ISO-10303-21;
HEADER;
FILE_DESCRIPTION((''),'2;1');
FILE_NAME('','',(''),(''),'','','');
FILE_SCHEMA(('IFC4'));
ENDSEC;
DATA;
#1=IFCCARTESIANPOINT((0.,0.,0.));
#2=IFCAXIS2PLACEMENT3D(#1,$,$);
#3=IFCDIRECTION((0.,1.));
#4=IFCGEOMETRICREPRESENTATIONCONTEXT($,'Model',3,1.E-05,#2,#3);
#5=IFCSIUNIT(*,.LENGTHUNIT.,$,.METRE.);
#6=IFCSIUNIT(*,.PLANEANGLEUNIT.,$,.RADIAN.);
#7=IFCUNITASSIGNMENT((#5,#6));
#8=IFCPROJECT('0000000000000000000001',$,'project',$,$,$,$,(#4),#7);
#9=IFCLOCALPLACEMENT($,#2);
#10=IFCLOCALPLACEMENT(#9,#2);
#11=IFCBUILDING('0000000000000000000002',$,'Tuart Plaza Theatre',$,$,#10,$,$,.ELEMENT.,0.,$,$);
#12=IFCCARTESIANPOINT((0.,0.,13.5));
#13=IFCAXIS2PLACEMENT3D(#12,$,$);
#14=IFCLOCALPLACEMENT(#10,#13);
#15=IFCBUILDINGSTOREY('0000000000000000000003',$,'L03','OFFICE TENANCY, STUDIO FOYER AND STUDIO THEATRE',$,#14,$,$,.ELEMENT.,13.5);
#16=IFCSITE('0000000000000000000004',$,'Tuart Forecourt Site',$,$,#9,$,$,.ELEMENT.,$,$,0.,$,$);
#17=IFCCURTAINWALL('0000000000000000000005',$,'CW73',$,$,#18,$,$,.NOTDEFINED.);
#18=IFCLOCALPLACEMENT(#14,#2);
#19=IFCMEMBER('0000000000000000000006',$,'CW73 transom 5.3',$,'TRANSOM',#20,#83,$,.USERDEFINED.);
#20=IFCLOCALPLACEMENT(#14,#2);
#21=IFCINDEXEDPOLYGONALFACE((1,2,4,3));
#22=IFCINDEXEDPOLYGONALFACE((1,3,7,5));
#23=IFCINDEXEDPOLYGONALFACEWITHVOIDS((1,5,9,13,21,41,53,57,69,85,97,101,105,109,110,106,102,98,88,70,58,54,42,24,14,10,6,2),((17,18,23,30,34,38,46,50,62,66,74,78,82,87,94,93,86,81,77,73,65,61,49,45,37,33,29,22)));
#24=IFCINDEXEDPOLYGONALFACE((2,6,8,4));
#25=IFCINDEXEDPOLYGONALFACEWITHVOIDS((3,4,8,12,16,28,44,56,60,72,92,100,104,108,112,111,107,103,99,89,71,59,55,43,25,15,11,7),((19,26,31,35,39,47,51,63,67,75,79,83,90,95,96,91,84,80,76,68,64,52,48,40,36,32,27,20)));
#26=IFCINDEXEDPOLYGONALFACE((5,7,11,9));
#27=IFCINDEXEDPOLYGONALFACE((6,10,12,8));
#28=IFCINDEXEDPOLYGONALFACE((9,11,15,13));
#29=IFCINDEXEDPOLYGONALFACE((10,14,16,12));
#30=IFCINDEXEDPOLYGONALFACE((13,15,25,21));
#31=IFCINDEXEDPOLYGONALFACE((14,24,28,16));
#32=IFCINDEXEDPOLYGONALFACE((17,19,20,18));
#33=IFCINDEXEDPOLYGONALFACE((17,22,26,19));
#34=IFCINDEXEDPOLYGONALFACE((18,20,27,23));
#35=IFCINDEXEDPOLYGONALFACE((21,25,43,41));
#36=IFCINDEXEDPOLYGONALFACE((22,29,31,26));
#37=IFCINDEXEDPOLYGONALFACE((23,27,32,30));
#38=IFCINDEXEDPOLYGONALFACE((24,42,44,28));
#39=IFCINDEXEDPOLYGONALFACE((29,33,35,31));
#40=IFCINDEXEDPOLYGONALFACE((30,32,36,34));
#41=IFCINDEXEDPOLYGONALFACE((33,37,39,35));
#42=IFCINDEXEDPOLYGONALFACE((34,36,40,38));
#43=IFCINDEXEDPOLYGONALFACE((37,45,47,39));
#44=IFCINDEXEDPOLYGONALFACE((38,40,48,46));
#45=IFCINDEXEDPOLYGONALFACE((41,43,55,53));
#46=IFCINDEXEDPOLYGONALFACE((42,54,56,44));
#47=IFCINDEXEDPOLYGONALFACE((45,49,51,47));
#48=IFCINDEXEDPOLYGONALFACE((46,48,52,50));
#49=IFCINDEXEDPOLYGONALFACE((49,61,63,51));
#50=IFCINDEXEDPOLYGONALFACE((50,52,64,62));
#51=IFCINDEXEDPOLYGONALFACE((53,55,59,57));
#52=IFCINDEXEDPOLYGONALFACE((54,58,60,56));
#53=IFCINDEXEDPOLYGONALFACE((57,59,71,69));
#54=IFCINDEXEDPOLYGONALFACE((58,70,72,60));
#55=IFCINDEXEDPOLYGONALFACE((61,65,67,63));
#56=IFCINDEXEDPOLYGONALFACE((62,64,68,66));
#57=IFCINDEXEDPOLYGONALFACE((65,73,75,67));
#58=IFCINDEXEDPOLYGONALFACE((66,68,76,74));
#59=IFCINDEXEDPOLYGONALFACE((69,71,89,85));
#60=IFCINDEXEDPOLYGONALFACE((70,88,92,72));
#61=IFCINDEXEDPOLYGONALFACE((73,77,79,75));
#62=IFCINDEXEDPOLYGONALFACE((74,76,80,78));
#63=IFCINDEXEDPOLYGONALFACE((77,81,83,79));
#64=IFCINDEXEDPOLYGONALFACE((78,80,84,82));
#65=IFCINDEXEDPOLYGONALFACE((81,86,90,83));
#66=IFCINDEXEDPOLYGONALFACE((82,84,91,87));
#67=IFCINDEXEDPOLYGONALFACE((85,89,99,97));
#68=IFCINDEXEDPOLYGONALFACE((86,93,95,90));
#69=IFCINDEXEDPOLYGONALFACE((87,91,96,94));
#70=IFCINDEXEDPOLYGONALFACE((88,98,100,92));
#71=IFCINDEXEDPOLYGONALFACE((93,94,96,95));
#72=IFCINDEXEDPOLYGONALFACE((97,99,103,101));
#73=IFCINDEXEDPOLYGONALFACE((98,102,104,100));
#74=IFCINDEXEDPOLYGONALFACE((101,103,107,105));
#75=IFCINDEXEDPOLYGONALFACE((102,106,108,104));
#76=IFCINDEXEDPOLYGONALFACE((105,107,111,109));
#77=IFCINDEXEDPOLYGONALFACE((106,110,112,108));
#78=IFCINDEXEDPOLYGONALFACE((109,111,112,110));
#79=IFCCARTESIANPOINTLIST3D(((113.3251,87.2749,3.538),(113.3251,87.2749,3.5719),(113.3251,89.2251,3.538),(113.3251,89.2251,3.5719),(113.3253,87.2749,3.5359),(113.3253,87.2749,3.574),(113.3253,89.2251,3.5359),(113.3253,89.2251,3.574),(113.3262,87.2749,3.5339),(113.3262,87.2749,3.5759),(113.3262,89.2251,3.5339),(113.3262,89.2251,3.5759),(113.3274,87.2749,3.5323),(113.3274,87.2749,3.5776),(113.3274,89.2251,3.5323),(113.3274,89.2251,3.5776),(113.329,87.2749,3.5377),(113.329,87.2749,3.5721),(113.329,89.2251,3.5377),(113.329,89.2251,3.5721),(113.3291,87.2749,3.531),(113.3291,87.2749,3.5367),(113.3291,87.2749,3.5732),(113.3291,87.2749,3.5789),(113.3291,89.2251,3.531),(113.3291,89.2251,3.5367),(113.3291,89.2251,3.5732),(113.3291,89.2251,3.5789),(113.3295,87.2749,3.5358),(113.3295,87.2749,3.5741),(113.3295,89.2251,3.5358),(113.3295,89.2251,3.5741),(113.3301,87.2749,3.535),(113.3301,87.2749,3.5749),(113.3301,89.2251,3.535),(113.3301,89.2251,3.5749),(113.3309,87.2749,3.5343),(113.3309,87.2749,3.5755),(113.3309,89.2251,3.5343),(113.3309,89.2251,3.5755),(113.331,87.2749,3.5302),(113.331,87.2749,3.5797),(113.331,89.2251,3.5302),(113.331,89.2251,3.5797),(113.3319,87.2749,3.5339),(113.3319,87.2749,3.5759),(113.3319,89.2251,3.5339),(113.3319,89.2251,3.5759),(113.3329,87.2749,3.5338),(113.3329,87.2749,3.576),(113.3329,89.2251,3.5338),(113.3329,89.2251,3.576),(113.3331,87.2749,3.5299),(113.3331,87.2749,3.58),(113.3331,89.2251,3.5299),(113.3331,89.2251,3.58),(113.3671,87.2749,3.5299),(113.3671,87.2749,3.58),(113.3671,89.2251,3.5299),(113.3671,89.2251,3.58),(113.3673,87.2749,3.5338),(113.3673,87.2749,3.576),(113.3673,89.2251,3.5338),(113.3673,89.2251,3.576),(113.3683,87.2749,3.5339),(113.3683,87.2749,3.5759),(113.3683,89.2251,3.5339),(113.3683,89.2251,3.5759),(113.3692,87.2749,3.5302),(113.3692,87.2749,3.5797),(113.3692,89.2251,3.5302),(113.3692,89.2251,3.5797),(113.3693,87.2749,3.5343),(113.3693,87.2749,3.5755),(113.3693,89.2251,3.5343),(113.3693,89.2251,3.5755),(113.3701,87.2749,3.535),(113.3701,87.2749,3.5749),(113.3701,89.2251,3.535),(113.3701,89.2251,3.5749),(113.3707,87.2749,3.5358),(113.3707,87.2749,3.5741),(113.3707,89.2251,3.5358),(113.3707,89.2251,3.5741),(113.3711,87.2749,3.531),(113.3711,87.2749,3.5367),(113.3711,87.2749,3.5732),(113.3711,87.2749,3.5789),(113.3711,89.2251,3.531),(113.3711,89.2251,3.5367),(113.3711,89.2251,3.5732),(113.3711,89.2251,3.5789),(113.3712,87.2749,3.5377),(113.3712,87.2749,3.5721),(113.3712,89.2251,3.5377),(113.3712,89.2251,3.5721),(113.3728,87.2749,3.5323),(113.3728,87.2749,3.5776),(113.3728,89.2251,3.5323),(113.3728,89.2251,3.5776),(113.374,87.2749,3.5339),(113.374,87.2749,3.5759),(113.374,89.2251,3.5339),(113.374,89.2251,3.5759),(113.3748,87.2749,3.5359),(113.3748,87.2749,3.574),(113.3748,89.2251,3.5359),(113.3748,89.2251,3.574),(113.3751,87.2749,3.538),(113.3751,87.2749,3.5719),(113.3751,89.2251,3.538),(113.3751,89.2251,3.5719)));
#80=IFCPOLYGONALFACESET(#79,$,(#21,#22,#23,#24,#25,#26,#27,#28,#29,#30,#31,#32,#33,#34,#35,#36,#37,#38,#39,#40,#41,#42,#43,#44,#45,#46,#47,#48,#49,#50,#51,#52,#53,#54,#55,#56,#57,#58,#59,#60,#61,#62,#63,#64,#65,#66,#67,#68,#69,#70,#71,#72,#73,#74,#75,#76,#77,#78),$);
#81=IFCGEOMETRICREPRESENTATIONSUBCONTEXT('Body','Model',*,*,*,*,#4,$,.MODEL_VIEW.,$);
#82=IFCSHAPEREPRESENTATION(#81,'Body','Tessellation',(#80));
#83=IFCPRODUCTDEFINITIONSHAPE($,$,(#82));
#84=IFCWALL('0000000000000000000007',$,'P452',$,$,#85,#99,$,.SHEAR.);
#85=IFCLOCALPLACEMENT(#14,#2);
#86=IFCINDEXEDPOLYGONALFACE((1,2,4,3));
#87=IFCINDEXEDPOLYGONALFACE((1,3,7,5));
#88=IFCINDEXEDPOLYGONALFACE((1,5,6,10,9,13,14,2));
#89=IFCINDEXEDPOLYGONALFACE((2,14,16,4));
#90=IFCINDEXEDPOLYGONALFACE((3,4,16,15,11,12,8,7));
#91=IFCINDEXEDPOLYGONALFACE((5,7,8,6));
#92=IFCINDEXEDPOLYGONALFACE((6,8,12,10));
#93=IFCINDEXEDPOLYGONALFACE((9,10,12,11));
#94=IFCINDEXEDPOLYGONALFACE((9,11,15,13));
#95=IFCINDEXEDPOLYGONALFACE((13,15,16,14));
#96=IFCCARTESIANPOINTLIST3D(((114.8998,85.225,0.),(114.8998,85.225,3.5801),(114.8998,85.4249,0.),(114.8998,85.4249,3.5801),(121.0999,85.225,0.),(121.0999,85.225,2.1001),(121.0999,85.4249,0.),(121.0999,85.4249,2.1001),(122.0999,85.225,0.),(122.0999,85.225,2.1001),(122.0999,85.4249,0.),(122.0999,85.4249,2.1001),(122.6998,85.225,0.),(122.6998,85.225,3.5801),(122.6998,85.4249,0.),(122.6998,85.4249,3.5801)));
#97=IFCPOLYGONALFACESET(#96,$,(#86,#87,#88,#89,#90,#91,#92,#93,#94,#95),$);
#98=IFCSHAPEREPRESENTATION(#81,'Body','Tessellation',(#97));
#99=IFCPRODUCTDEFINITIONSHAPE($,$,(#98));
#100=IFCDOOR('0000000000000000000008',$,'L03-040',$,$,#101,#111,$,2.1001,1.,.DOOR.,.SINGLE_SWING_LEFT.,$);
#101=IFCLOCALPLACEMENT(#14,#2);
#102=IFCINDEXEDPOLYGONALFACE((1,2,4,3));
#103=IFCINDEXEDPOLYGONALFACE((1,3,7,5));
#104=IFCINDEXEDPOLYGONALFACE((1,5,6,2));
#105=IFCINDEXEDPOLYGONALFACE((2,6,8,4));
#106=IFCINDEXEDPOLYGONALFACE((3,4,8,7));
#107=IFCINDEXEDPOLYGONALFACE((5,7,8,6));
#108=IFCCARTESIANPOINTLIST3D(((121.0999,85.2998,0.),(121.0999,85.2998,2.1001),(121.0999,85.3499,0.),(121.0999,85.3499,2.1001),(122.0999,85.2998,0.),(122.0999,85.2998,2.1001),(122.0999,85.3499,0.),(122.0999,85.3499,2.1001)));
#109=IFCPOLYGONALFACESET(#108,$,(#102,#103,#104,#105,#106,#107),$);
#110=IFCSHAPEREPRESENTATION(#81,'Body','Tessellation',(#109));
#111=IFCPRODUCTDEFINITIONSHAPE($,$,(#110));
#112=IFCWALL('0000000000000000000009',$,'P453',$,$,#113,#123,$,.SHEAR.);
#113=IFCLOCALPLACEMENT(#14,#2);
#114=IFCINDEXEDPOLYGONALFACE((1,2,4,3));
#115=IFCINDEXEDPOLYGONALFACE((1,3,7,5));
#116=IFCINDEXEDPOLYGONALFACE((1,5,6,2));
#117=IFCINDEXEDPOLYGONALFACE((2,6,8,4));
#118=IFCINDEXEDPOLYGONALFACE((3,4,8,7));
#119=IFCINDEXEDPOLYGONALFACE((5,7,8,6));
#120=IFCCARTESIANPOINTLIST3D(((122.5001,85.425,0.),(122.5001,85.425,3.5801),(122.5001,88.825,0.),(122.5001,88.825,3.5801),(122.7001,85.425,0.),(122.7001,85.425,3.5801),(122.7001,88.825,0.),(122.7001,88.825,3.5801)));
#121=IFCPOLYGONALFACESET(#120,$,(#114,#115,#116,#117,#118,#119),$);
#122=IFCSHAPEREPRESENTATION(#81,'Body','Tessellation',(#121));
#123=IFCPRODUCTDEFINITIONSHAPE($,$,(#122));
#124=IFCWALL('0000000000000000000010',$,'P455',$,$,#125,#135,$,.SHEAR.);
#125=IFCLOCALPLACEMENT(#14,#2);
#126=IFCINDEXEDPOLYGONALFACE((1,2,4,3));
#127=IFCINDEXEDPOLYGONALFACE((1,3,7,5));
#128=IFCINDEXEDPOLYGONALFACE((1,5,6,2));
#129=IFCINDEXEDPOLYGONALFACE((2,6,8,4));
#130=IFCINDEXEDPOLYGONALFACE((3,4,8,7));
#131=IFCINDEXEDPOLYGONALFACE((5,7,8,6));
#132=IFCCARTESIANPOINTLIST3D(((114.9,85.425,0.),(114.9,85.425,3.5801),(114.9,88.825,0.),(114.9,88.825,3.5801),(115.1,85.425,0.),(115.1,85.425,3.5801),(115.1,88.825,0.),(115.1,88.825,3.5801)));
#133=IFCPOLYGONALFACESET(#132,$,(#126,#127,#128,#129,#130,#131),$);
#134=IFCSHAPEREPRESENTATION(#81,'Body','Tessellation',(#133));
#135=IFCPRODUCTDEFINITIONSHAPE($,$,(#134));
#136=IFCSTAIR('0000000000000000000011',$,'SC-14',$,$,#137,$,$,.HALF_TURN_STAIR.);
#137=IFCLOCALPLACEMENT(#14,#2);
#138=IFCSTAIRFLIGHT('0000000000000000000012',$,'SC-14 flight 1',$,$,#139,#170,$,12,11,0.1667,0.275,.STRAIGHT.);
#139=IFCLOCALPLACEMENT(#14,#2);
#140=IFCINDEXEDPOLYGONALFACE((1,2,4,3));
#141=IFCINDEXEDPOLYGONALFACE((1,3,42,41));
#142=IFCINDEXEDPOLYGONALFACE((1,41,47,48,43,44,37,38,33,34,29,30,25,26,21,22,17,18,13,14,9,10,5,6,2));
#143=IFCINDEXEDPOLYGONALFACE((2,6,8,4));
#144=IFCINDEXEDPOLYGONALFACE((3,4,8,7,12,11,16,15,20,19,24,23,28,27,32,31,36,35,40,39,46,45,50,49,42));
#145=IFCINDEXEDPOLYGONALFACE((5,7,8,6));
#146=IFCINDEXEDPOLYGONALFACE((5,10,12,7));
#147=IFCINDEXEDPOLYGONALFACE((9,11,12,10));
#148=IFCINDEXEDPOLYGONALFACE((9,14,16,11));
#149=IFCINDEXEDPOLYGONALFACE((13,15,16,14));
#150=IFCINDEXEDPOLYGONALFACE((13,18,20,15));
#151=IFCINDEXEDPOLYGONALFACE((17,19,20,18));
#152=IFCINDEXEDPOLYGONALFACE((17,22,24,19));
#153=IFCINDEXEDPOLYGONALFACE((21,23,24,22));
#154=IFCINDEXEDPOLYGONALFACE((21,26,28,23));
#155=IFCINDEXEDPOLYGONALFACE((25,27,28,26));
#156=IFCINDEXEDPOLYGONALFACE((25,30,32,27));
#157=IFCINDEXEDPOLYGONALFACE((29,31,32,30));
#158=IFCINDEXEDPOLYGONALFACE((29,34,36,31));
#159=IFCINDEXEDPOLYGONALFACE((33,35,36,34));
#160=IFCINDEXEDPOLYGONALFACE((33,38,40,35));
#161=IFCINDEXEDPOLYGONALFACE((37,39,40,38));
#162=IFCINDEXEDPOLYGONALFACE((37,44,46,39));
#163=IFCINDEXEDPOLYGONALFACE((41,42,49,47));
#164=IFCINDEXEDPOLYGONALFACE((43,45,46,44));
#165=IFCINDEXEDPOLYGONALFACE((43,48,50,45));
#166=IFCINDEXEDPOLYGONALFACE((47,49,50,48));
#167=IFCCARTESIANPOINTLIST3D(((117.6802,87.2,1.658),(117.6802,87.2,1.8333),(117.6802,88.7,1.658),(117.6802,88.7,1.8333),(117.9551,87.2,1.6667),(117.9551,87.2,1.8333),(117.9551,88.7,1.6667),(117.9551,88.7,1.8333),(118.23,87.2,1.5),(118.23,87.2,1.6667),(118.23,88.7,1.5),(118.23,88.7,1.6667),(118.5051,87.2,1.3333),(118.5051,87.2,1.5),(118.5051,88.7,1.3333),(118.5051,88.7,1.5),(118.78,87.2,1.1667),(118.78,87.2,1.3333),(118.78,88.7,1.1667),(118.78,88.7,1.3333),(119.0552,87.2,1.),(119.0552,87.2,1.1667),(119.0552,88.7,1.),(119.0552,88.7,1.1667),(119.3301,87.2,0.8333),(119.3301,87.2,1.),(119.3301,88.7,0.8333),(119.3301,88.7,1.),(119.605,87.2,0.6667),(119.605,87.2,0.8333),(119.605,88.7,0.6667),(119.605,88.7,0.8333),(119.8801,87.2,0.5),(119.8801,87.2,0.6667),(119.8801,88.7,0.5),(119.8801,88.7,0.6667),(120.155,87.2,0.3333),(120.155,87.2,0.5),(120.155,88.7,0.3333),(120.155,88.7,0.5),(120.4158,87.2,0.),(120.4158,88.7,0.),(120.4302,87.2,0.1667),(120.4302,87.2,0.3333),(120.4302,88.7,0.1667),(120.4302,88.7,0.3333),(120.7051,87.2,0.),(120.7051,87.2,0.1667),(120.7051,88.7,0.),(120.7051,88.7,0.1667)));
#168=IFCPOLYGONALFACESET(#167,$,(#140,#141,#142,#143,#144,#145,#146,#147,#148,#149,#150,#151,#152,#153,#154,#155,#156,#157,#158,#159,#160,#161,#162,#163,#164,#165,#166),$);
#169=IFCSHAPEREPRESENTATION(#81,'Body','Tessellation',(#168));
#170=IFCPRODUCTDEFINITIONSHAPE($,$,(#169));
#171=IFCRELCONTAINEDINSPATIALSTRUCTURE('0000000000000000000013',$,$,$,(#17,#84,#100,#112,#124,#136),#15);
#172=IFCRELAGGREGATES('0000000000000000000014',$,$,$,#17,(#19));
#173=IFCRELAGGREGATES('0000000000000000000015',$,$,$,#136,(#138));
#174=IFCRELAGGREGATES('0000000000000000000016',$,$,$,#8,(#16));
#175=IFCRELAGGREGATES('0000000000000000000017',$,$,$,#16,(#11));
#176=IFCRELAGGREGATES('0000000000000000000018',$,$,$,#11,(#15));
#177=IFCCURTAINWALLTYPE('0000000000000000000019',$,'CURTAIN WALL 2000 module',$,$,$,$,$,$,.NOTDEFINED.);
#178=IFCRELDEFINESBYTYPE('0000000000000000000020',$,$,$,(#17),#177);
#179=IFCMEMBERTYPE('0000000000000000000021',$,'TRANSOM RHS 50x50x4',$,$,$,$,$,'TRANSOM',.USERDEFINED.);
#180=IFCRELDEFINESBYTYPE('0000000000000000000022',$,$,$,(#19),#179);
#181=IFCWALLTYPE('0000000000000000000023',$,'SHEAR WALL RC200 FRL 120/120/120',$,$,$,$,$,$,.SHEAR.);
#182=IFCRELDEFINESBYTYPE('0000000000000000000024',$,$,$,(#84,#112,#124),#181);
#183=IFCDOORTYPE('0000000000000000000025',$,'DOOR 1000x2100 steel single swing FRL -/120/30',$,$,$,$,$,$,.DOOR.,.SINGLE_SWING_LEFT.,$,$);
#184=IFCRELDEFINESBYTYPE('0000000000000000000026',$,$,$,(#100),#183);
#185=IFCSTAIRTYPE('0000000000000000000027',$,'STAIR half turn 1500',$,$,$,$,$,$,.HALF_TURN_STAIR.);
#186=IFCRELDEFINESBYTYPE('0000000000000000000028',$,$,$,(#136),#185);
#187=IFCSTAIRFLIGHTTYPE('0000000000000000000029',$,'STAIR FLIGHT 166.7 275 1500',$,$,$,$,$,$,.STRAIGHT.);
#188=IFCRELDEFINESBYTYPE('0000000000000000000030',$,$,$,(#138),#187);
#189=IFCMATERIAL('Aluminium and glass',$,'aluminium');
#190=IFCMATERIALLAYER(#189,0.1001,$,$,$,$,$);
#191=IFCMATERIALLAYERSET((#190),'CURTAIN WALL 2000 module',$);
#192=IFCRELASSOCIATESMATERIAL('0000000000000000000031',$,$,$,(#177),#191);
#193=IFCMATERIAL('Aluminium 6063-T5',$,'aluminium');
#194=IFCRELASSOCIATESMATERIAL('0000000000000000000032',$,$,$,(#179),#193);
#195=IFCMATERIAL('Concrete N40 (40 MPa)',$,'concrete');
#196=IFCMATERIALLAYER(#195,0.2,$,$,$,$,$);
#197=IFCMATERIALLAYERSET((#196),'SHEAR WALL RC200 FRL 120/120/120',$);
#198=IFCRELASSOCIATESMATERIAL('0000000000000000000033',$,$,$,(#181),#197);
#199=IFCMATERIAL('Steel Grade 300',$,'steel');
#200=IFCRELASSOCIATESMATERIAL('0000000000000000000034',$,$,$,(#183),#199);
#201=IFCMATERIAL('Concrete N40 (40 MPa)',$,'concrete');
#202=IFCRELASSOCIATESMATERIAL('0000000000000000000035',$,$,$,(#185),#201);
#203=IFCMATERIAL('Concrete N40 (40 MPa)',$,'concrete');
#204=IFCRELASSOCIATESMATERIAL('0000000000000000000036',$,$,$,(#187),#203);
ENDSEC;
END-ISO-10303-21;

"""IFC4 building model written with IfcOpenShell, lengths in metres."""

from ifc_helpers import new_model, si_unit, direction, frame, frame_2d, origin, origin_2d, place, context, subcontext, project, spatial, polyline, rectangle, hollow_rectangle, outline, extrude, material, layer, layer_set, material_profile, profile_set, type_object, element, fill, aggregate, save


model = new_model("IFC4")

# Units and contexts
model_context = context("Model", 3, precision=1e-05, world=origin(), true_north=direction((0.0, 1.0)))
body_context = subcontext(model_context, "Body", "Model", "MODEL_VIEW")
ifc_project = project(units=[si_unit("LENGTHUNIT", "METRE"), si_unit("PLANEANGLEUNIT", "RADIAN")], contexts=[model_context])

# Site, building, storey
site_placement = place(None, origin())
site = spatial("IfcSite", under=ifc_project, at=site_placement, Name="Tuart Forecourt Site", CompositionType="ELEMENT", RefElevation=0.0)
building_placement = place(site_placement, origin())
building = spatial("IfcBuilding", under=site, at=building_placement, Name="Tuart Plaza Theatre", CompositionType="ELEMENT", ElevationOfRefHeight=0.0)
storey_placement = place(building_placement, frame((0.0, 0.0, 13.5)))
storey = spatial("IfcBuildingStorey", under=building, at=storey_placement, Name="L03", Description="OFFICE TENANCY, STUDIO FOYER AND STUDIO THEATRE", CompositionType="ELEMENT", Elevation=13.5)

# Curtain wall, member
ifc_material_1 = material(Name="Aluminium and glass", Category="aluminium")
ifc_layer_1 = layer(ifc_material_1, 0.1001)
ifc_layer_set_1 = layer_set([ifc_layer_1], Name="CURTAIN WALL 2000 module")
curtain_wall_type = type_object("IfcCurtainWallType", Name="CURTAIN WALL 2000 module", PredefinedType="NOTDEFINED", material=ifc_layer_set_1)
curtain_wall_placement = place(storey_placement, origin())
curtain_wall = element("IfcCurtainWall", 1, at=curtain_wall_placement, inside=storey, type_object=curtain_wall_type, Name="CW73", PredefinedType="NOTDEFINED")
ifc_material_2 = material(Name="Aluminium 6063-T5", Category="aluminium")
ifc_material_profile_1 = material_profile(ifc_material_2, hollow_rectangle(XDim=0.05, YDim=0.05, WallThickness=0.0039, InnerFilletRadius=0.0039, OuterFilletRadius=0.0081, at=origin_2d()), Name="RHS 50x50x4")
ifc_profile_set_1 = profile_set([ifc_material_profile_1], Name="Aluminium 6063-T5")
member_type = type_object("IfcMemberType", Name="TRANSOM RHS 50x50x4", ElementType="TRANSOM", PredefinedType="USERDEFINED", material=ifc_profile_set_1)
member_1_placement = place(storey_placement, frame((113.3501, 89.2251, 3.5549), z_axis=(0.0, -1.0, 0.0), x_axis=(1.0, 0.0, 0.0)))
member_1 = element("IfcMember", 2, at=member_1_placement, type_object=member_type, Name="CW73 transom 5.3", ObjectType="TRANSOM", PredefinedType="USERDEFINED", context=body_context, shape_type="SweptSolid", body=[
    extrude(hollow_rectangle(XDim=0.05, YDim=0.05, WallThickness=0.0039, InnerFilletRadius=0.0039, OuterFilletRadius=0.0081, at=origin_2d()), origin(), (0.0, 0.0, 1.0), 1.9502),
])
aggregate(curtain_wall, [member_1])

# Wall, opening, door
ifc_material_3 = material(Name="Concrete N40 (40 MPa)", Category="concrete")
ifc_layer_2 = layer(ifc_material_3, 0.2)
ifc_layer_set_2 = layer_set([ifc_layer_2], Name="SHEAR WALL RC200 FRL 120/120/120")
wall_type = type_object("IfcWallType", Name="SHEAR WALL RC200 FRL 120/120/120", PredefinedType="SHEAR", material=ifc_layer_set_2)
wall_placement = place(storey_placement, frame((114.8999, 85.325, 0.0), z_axis=(0.0, 0.0, 1.0), x_axis=(1.0, 0.0, 0.0)))
wall = element("IfcWall", 3, at=wall_placement, inside=storey, type_object=wall_type, Name="P452", PredefinedType="SHEAR", context=body_context, shape_type="SweptSolid", body=[
    extrude(rectangle(XDim=7.8, YDim=0.2, at=frame_2d((3.8999, 0.0))), origin(), (0.0, 0.0, 1.0), 3.5801),
])
opening_placement = place(wall_placement, frame((6.2, 0.0, 0.0)))
opening = element("IfcOpeningElement", 4, at=opening_placement, cuts=wall, PredefinedType="OPENING", context=body_context, shape_type="SweptSolid", body=[
    extrude(rectangle(XDim=1.0, YDim=2.1001, at=frame_2d((0.5, 1.05))), frame((0.0, 0.1099, 0.0), z_axis=(0.0, -1.0, 0.0), x_axis=(1.0, 0.0, 0.0)), (0.0, 0.0, 1.0), 0.22),
])
ifc_material_4 = material(Name="Steel Grade 300", Category="steel")
door_type = type_object("IfcDoorType", Name="DOOR 1000x2100 steel single swing FRL -/120/30", OperationType="SINGLE_SWING_LEFT", PredefinedType="DOOR", material=ifc_material_4)
door_placement = place(opening_placement, origin())
door = element("IfcDoor", 5, at=door_placement, inside=storey, type_object=door_type, Name="L03-040", OperationType="SINGLE_SWING_LEFT", OverallHeight=2.1001, OverallWidth=1.0, PredefinedType="DOOR", context=body_context, shape_type="SweptSolid", body=[
    extrude(rectangle(XDim=1.0, YDim=2.1001, at=frame_2d((0.5, 1.05))), frame((0.0, 0.0249, 0.0), z_axis=(0.0, -1.0, 0.0), x_axis=(1.0, 0.0, 0.0)), (0.0, 0.0, 1.0), 0.05),
])
fill(opening, door)

# Walls
for number, where, z_axis, x_axis, name in (
    (6, (122.6001, 85.425, 0.0), (0.0, 0.0, 1.0), (0.0, 1.0, 0.0), "P453"),
    (7, (115.0, 88.825, 0.0), (0.0, 0.0, 1.0), (0.0, -1.0, 0.0), "P455"),
):
    element("IfcWall", number, at=place(storey_placement, frame(where, z_axis=z_axis, x_axis=x_axis)), inside=storey, type_object=wall_type, Name=name, PredefinedType="SHEAR", context=body_context, shape_type="SweptSolid", body=[
        extrude(rectangle(XDim=3.3999, YDim=0.2, at=frame_2d((1.7, 0.0))), origin(), (0.0, 0.0, 1.0), 3.5801),
    ])

# Stair, stair flight
ifc_material_5 = material(Name="Concrete N40 (40 MPa)", Category="concrete")
stair_type = type_object("IfcStairType", Name="STAIR half turn 1500", PredefinedType="HALF_TURN_STAIR", material=ifc_material_5)
stair_placement = place(storey_placement, origin())
stair = element("IfcStair", 8, at=stair_placement, inside=storey, type_object=stair_type, Name="SC-14", PredefinedType="HALF_TURN_STAIR")
ifc_material_6 = material(Name="Concrete N40 (40 MPa)", Category="concrete")
stair_flight_type = type_object("IfcStairFlightType", Name="STAIR FLIGHT 166.7 275 1500", PredefinedType="STRAIGHT", material=ifc_material_6)
stair_flight_1_placement = place(storey_placement, frame((120.7051, 87.95, 0.0), z_axis=(0.0, 0.0, 1.0), x_axis=(-1.0, 0.0, 0.0)))
stair_flight_1 = element("IfcStairFlight", 9, at=stair_flight_1_placement, type_object=stair_flight_type, Name="SC-14 flight 1", NumberOfRisers=12, NumberOfTreads=11, PredefinedType="STRAIGHT", RiserHeight=0.1667, TreadLength=0.275, context=body_context, shape_type="SweptSolid", body=[
    extrude(outline(polyline([(0.0, 0.0), (0.0, 0.1667), (0.2749, 0.1667), (0.2749, 0.3333), (0.55, 0.3333), (0.55, 0.5), (0.825, 0.5), (0.825, 0.6667), (1.1001, 0.6667), (1.1001, 0.8333), (1.375, 0.8333), (1.375, 1.0), (1.6499, 1.0), (1.6499, 1.1667), (1.925, 1.1667), (1.925, 1.3333), (2.2, 1.3333), (2.2, 1.5), (2.4751, 1.5), (2.4751, 1.6667), (2.75, 1.6667), (2.75, 1.8333), (3.0249, 1.8333), (3.0249, 2.0), (3.0249, 1.658), (0.2893, 0.0), (0.0, 0.0)])), frame((0.0, 0.75, 0.0), z_axis=(0.0, -1.0, 0.0), x_axis=(1.0, 0.0, 0.0)), (0.0, 0.0, 1.0), 1.5),
])
aggregate(stair, [stair_flight_1])

save(model, "model.ifc")
